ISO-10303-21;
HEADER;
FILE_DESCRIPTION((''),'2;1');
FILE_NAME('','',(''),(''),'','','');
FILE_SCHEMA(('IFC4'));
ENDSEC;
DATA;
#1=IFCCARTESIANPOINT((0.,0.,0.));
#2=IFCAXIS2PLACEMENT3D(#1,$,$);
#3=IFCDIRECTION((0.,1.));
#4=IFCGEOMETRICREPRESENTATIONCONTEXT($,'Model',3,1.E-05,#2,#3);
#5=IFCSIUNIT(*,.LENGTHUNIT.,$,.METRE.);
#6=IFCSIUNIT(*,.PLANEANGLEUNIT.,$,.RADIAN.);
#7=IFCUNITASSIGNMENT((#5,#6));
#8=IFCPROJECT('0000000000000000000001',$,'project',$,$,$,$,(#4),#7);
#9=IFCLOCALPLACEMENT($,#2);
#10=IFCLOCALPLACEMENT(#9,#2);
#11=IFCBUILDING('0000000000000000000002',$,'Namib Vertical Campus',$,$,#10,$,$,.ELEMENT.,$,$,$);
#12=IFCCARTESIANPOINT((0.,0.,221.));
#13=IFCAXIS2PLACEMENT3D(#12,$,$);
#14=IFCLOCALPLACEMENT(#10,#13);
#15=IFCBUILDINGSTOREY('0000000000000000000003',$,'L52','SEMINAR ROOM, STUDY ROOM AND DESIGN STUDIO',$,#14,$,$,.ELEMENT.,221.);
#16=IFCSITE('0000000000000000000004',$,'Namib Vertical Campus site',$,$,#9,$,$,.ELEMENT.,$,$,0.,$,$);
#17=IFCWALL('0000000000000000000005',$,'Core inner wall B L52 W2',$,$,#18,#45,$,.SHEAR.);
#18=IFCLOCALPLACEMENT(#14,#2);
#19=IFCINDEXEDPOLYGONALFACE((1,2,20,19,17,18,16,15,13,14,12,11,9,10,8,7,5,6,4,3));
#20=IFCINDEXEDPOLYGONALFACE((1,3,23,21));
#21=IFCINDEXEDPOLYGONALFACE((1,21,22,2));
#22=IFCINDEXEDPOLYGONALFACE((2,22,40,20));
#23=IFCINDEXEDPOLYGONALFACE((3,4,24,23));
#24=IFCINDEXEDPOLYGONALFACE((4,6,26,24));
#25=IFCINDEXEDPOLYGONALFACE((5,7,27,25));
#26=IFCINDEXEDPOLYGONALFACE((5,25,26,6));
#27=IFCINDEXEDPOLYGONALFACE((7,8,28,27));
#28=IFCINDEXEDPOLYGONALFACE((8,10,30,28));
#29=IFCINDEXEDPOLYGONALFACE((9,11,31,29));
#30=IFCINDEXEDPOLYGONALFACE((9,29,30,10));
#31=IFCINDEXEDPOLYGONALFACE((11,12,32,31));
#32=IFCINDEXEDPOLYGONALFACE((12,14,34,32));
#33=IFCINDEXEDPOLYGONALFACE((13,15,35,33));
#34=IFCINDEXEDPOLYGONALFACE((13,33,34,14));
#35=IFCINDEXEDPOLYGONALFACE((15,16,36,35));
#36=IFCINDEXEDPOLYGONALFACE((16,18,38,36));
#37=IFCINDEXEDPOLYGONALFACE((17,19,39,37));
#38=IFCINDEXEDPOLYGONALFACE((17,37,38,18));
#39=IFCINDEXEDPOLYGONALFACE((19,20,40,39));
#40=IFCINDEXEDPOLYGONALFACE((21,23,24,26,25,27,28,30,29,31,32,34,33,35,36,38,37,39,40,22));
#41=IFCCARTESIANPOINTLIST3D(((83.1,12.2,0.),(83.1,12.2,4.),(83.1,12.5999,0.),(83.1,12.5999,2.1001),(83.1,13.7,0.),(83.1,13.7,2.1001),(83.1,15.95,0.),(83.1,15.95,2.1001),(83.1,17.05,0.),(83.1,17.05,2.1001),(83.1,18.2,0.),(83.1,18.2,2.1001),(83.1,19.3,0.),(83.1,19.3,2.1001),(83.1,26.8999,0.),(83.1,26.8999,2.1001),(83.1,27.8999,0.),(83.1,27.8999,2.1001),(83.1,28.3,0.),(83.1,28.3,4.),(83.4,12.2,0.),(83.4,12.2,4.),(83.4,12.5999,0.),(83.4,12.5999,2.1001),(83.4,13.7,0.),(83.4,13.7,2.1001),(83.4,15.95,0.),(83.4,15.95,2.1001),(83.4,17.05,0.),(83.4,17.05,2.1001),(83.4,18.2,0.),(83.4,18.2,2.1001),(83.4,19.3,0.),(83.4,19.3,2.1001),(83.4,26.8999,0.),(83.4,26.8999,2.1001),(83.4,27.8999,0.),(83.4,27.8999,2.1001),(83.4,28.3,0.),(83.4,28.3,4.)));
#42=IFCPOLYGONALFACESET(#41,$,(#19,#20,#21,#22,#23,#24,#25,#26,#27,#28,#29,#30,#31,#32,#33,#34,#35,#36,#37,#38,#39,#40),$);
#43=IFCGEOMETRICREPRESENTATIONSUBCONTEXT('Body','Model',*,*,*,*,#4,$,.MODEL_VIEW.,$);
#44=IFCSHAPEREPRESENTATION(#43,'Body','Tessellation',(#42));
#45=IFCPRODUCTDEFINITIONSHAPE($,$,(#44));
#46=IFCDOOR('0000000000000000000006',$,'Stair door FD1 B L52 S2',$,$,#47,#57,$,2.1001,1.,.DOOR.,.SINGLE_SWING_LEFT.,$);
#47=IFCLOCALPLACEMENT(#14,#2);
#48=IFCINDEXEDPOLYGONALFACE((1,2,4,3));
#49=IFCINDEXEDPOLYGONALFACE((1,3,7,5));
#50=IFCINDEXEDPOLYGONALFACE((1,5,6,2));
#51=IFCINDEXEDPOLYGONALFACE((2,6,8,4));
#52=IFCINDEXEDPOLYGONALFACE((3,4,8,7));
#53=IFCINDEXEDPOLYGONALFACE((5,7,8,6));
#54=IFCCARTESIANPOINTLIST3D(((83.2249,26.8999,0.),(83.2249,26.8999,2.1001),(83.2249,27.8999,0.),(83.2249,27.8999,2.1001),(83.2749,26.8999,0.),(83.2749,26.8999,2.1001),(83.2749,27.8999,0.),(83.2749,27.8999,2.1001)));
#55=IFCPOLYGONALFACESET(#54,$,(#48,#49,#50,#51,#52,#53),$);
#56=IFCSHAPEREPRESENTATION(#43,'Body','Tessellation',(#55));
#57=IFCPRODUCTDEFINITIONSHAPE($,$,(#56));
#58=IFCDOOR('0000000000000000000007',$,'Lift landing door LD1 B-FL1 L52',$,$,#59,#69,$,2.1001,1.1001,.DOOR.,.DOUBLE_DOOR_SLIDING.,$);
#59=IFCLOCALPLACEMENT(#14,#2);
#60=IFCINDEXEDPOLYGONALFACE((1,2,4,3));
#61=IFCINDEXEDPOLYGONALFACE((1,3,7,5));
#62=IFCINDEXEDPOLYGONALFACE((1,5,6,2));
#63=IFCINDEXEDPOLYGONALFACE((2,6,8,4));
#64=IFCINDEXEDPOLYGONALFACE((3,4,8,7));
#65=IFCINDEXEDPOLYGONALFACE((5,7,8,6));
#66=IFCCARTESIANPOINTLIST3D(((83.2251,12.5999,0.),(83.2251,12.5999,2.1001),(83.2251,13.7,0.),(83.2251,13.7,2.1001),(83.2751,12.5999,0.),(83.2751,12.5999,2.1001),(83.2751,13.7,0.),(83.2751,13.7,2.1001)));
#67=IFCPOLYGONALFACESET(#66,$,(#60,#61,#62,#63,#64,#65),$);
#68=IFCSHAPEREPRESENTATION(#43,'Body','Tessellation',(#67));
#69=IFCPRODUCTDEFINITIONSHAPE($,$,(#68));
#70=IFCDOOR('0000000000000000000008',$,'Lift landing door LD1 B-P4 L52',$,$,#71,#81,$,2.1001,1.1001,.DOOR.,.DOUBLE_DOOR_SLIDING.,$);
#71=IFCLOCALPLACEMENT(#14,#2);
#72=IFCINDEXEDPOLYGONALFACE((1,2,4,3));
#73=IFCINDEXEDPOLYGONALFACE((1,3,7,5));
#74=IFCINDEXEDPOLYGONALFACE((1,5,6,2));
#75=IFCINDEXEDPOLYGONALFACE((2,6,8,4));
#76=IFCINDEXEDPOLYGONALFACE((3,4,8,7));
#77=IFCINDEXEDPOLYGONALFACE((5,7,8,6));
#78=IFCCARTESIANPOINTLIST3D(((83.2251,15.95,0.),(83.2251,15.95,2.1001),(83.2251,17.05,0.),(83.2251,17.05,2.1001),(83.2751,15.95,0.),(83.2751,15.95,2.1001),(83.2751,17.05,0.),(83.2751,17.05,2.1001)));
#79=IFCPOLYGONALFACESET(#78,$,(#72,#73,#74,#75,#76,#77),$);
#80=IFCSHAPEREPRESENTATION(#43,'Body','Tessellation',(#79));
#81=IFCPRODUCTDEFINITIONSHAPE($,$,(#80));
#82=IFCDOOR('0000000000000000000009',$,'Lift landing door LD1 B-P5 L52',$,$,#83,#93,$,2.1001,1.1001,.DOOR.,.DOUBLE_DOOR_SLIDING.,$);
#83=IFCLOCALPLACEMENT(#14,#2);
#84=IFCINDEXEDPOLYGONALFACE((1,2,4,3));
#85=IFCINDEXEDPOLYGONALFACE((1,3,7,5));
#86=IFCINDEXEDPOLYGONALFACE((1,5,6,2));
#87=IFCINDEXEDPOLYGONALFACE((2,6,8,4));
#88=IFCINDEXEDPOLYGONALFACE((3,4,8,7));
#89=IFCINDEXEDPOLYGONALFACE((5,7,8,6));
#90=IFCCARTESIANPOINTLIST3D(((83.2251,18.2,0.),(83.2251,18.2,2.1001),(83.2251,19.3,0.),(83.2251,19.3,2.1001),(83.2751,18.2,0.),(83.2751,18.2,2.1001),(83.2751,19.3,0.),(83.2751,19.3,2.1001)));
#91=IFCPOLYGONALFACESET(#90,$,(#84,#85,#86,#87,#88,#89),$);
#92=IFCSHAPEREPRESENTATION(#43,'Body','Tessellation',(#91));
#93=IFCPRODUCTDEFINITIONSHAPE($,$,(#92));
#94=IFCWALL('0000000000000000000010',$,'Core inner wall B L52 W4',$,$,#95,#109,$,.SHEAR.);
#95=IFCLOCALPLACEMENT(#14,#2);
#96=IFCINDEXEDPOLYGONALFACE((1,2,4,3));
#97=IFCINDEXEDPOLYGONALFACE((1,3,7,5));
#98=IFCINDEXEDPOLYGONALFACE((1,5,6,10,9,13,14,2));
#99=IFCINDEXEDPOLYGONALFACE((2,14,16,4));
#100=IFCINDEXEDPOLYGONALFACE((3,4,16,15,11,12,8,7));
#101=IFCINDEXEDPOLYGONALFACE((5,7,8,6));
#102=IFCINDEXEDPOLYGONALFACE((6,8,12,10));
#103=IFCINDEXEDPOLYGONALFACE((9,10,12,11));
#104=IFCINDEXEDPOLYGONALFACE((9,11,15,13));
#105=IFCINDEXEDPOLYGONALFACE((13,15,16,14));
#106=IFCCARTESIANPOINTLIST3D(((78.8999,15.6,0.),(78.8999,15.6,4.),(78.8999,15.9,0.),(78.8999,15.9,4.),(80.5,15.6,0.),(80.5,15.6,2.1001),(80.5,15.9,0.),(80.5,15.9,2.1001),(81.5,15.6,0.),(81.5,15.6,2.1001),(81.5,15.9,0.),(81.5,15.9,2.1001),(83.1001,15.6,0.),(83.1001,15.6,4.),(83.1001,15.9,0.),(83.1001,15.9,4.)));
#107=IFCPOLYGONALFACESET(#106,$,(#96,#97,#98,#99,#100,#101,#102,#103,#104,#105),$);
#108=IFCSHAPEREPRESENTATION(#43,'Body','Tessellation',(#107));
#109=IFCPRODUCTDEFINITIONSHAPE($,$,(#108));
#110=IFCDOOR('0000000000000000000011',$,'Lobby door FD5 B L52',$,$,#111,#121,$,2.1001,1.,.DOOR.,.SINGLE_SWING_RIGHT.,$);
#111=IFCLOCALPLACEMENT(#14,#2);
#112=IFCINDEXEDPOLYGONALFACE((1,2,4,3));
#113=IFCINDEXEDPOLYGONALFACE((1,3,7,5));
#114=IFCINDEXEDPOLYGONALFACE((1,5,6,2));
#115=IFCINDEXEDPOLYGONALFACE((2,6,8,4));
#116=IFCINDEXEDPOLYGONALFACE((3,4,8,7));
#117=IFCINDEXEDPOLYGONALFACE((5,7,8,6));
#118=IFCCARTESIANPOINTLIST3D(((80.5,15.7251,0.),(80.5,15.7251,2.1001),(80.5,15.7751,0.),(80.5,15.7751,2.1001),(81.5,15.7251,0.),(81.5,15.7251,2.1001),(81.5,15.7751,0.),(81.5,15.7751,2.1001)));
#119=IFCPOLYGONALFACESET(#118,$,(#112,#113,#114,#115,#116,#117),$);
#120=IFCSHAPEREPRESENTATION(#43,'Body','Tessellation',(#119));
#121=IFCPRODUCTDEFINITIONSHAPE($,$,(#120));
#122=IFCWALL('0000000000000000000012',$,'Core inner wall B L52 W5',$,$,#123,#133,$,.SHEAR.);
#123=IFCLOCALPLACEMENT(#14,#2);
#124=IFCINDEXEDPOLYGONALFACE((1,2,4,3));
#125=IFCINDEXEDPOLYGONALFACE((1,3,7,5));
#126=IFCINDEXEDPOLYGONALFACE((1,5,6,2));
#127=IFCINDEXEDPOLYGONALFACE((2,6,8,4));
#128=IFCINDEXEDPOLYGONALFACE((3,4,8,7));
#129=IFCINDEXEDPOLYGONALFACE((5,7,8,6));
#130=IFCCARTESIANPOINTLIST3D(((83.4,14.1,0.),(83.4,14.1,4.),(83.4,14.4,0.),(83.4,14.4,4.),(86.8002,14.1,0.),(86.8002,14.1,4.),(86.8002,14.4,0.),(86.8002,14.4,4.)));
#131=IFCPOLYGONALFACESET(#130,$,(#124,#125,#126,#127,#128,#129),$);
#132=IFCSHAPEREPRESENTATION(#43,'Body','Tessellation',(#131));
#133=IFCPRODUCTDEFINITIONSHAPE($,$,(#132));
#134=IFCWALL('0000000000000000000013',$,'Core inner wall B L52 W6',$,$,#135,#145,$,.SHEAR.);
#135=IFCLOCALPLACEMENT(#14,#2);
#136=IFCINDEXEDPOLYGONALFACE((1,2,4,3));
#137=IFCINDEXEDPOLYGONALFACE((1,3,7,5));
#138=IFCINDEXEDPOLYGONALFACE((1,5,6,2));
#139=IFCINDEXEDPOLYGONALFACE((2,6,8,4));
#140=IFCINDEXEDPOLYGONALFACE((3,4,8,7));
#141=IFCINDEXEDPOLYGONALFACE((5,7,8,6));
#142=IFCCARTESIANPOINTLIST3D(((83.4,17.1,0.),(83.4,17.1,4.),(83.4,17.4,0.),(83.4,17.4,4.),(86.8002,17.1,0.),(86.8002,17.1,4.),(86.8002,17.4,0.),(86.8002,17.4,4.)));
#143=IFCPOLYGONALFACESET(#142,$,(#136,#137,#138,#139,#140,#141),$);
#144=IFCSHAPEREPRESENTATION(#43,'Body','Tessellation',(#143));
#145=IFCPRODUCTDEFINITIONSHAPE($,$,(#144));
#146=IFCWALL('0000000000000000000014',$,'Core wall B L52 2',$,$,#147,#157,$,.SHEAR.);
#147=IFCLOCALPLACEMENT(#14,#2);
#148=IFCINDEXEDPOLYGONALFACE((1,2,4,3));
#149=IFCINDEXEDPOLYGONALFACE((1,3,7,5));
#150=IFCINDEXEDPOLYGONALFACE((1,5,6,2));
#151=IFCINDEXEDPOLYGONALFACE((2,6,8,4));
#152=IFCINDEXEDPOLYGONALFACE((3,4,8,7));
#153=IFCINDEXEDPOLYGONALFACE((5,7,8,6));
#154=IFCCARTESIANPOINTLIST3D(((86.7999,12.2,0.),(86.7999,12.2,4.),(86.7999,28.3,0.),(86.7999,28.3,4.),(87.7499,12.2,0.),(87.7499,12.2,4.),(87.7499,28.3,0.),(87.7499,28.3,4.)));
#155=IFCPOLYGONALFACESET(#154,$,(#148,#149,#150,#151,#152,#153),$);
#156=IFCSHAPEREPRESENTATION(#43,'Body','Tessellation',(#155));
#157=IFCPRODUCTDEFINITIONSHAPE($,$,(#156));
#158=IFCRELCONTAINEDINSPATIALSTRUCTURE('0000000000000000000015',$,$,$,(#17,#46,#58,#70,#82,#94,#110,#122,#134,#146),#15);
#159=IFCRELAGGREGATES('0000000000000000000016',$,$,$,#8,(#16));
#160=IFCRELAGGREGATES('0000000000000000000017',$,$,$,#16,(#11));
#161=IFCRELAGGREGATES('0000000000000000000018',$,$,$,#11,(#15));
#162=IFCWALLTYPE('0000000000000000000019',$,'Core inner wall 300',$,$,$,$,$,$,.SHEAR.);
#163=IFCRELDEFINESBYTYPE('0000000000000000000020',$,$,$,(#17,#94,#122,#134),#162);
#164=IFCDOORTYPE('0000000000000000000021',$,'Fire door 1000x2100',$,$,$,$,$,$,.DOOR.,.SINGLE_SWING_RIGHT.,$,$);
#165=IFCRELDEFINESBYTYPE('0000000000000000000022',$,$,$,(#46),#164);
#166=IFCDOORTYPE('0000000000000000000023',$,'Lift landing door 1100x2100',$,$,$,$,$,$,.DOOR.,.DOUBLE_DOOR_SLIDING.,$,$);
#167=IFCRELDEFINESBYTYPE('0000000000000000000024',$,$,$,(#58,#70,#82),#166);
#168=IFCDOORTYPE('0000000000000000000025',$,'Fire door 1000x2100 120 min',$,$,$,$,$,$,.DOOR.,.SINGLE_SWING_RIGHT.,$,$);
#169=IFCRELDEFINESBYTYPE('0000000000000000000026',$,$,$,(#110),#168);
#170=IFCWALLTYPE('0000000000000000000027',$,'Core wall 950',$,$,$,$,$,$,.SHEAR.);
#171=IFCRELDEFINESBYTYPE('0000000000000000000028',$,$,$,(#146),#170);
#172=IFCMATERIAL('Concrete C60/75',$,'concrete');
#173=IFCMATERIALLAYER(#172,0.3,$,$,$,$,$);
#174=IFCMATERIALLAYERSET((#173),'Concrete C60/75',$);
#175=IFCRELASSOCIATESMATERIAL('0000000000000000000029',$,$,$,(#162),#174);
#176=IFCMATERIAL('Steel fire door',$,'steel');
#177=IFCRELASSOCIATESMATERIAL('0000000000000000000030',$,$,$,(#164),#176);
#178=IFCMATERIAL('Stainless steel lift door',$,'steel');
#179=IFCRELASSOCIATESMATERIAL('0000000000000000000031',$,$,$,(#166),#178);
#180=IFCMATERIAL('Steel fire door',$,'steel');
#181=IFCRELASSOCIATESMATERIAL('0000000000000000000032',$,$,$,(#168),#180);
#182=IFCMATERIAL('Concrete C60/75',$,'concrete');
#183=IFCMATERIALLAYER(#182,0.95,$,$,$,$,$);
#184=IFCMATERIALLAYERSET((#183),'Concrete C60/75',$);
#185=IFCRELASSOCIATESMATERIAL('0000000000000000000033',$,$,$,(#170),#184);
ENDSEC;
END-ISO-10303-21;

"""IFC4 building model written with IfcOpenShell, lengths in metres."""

from ifc_helpers import new_model, si_unit, direction, frame, frame_2d, origin, place, context, subcontext, project, spatial, rectangle, extrude, material, layer, layer_set, type_object, element, fill, save


model = new_model("IFC4")

# Units and contexts
model_context = context("Model", 3, precision=1e-05, world=origin(), true_north=direction((0.0, 1.0)))
body_context = subcontext(model_context, "Body", "Model", "MODEL_VIEW")
ifc_project = project(units=[si_unit("LENGTHUNIT", "METRE"), si_unit("PLANEANGLEUNIT", "RADIAN")], contexts=[model_context])

# Site, building, storey
site_placement = place(None, origin())
site = spatial("IfcSite", under=ifc_project, at=site_placement, Name="Namib Vertical Campus site", CompositionType="ELEMENT", RefElevation=0.0)
building_placement = place(site_placement, origin())
building = spatial("IfcBuilding", under=site, at=building_placement, Name="Namib Vertical Campus", CompositionType="ELEMENT")
storey_placement = place(building_placement, frame((0.0, 0.0, 221.0)))
storey = spatial("IfcBuildingStorey", under=building, at=storey_placement, Name="L52", Description="SEMINAR ROOM, STUDY ROOM AND DESIGN STUDIO", CompositionType="ELEMENT", Elevation=221.0)

# Wall, openings, doors
ifc_material_1 = material(Name="Concrete C60/75", Category="concrete")
ifc_layer_1 = layer(ifc_material_1, 0.3)
ifc_layer_set_1 = layer_set([ifc_layer_1], Name="Concrete C60/75")
wall_type_1 = type_object("IfcWallType", Name="Core inner wall 300", PredefinedType="SHEAR", material=ifc_layer_set_1)
ifc_material_2 = material(Name="Steel fire door", Category="steel")
door_type_1 = type_object("IfcDoorType", Name="Fire door 1000x2100", OperationType="SINGLE_SWING_RIGHT", PredefinedType="DOOR", material=ifc_material_2)
ifc_material_3 = material(Name="Stainless steel lift door", Category="steel")
door_type_2 = type_object("IfcDoorType", Name="Lift landing door 1100x2100", OperationType="DOUBLE_DOOR_SLIDING", PredefinedType="DOOR", material=ifc_material_3)
wall_1_placement = place(storey_placement, frame((83.25, 12.2, 0.0), z_axis=(0.0, 0.0, 1.0), x_axis=(0.0, 1.0, 0.0)))
wall_1 = element("IfcWall", 1, at=wall_1_placement, inside=storey, type_object=wall_type_1, Name="Core inner wall B L52 W2", PredefinedType="SHEAR", context=body_context, shape_type="SweptSolid", body=[
    extrude(rectangle(XDim=16.1001, YDim=0.3, at=frame_2d((8.05, 0.0))), origin(), (0.0, 0.0, 1.0), 4.0),
])
opening_1_placement = place(wall_1_placement, frame((14.7, 0.0, 0.0)))
opening_1 = element("IfcOpeningElement", 2, at=opening_1_placement, cuts=wall_1, PredefinedType="OPENING", context=body_context, shape_type="SweptSolid", body=[
    extrude(rectangle(XDim=1.0, YDim=2.1001, at=frame_2d((0.5, 1.05))), frame((0.0, 0.1599, 0.0), z_axis=(0.0, -1.0, 0.0), x_axis=(1.0, 0.0, 0.0)), (0.0, 0.0, 1.0), 0.3201),
])
opening_2_placement = place(wall_1_placement, frame((0.3999, 0.0, 0.0)))
opening_2 = element("IfcOpeningElement", 3, at=opening_2_placement, cuts=wall_1, PredefinedType="OPENING", context=body_context, shape_type="SweptSolid", body=[
    extrude(rectangle(XDim=1.1001, YDim=2.1001, at=frame_2d((0.55, 1.05))), frame((0.0, 0.1599, 0.0), z_axis=(0.0, -1.0, 0.0), x_axis=(1.0, 0.0, 0.0)), (0.0, 0.0, 1.0), 0.3201),
])
opening_3_placement = place(wall_1_placement, frame((3.75, 0.0, 0.0)))
opening_3 = element("IfcOpeningElement", 4, at=opening_3_placement, cuts=wall_1, PredefinedType="OPENING", context=body_context, shape_type="SweptSolid", body=[
    extrude(rectangle(XDim=1.1001, YDim=2.1001, at=frame_2d((0.55, 1.05))), frame((0.0, 0.1599, 0.0), z_axis=(0.0, -1.0, 0.0), x_axis=(1.0, 0.0, 0.0)), (0.0, 0.0, 1.0), 0.3201),
])
opening_4_placement = place(wall_1_placement, frame((6.0, 0.0, 0.0)))
opening_4 = element("IfcOpeningElement", 5, at=opening_4_placement, cuts=wall_1, PredefinedType="OPENING", context=body_context, shape_type="SweptSolid", body=[
    extrude(rectangle(XDim=1.1001, YDim=2.1001, at=frame_2d((0.55, 1.05))), frame((0.0, 0.1599, 0.0), z_axis=(0.0, -1.0, 0.0), x_axis=(1.0, 0.0, 0.0)), (0.0, 0.0, 1.0), 0.3201),
])
door_1_placement = place(opening_1_placement, frame((1.0, 0.0, 0.0), z_axis=(0.0, 0.0, 1.0), x_axis=(-1.0, 0.0, 0.0)))
door_1 = element("IfcDoor", 6, at=door_1_placement, inside=storey, type_object=door_type_1, Name="Stair door FD1 B L52 S2", OperationType="SINGLE_SWING_LEFT", OverallHeight=2.1001, OverallWidth=1.0, PredefinedType="DOOR", context=body_context, shape_type="SweptSolid", body=[
    extrude(rectangle(XDim=1.0, YDim=2.1001, at=frame_2d((0.5, 1.05))), frame((0.0, 0.0249, 0.0), z_axis=(0.0, -1.0, 0.0), x_axis=(1.0, 0.0, 0.0)), (0.0, 0.0, 1.0), 0.05),
])
fill(opening_1, door_1)
door_2_placement = place(opening_2_placement, origin())
door_2 = element("IfcDoor", 7, at=door_2_placement, inside=storey, type_object=door_type_2, Name="Lift landing door LD1 B-FL1 L52", OperationType="DOUBLE_DOOR_SLIDING", OverallHeight=2.1001, OverallWidth=1.1001, PredefinedType="DOOR", context=body_context, shape_type="SweptSolid", body=[
    extrude(rectangle(XDim=1.1001, YDim=2.1001, at=frame_2d((0.55, 1.05))), frame((0.0, 0.0249, 0.0), z_axis=(0.0, -1.0, 0.0), x_axis=(1.0, 0.0, 0.0)), (0.0, 0.0, 1.0), 0.05),
])
fill(opening_2, door_2)
door_3_placement = place(opening_3_placement, origin())
door_3 = element("IfcDoor", 8, at=door_3_placement, inside=storey, type_object=door_type_2, Name="Lift landing door LD1 B-P4 L52", OperationType="DOUBLE_DOOR_SLIDING", OverallHeight=2.1001, OverallWidth=1.1001, PredefinedType="DOOR", context=body_context, shape_type="SweptSolid", body=[
    extrude(rectangle(XDim=1.1001, YDim=2.1001, at=frame_2d((0.55, 1.05))), frame((0.0, 0.0249, 0.0), z_axis=(0.0, -1.0, 0.0), x_axis=(1.0, 0.0, 0.0)), (0.0, 0.0, 1.0), 0.05),
])
fill(opening_3, door_3)
door_4_placement = place(opening_4_placement, origin())
door_4 = element("IfcDoor", 9, at=door_4_placement, inside=storey, type_object=door_type_2, Name="Lift landing door LD1 B-P5 L52", OperationType="DOUBLE_DOOR_SLIDING", OverallHeight=2.1001, OverallWidth=1.1001, PredefinedType="DOOR", context=body_context, shape_type="SweptSolid", body=[
    extrude(rectangle(XDim=1.1001, YDim=2.1001, at=frame_2d((0.55, 1.05))), frame((0.0, 0.0249, 0.0), z_axis=(0.0, -1.0, 0.0), x_axis=(1.0, 0.0, 0.0)), (0.0, 0.0, 1.0), 0.05),
])
fill(opening_4, door_4)

# Wall, opening, door
wall_2_placement = place(storey_placement, frame((78.8999, 15.75, 0.0), z_axis=(0.0, 0.0, 1.0), x_axis=(1.0, 0.0, 0.0)))
wall_2 = element("IfcWall", 10, at=wall_2_placement, inside=storey, type_object=wall_type_1, Name="Core inner wall B L52 W4", PredefinedType="SHEAR", context=body_context, shape_type="SweptSolid", body=[
    extrude(rectangle(XDim=4.2002, YDim=0.3, at=frame_2d((2.1001, 0.0))), origin(), (0.0, 0.0, 1.0), 4.0),
])
opening_5_placement = place(wall_2_placement, frame((1.6001, 0.0, 0.0)))
opening_5 = element("IfcOpeningElement", 11, at=opening_5_placement, cuts=wall_2, PredefinedType="OPENING", context=body_context, shape_type="SweptSolid", body=[
    extrude(rectangle(XDim=1.0, YDim=2.1001, at=frame_2d((0.5, 1.05))), frame((0.0, 0.1599, 0.0), z_axis=(0.0, -1.0, 0.0), x_axis=(1.0, 0.0, 0.0)), (0.0, 0.0, 1.0), 0.3201),
])
ifc_material_4 = material(Name="Steel fire door", Category="steel")
door_type_3 = type_object("IfcDoorType", Name="Fire door 1000x2100 120 min", OperationType="SINGLE_SWING_RIGHT", PredefinedType="DOOR", material=ifc_material_4)
door_5_placement = place(opening_5_placement, frame((1.0, 0.0, 0.0), z_axis=(0.0, 0.0, 1.0), x_axis=(-1.0, 0.0, 0.0)))
door_5 = element("IfcDoor", 12, at=door_5_placement, inside=storey, type_object=door_type_3, Name="Lobby door FD5 B L52", OperationType="SINGLE_SWING_RIGHT", OverallHeight=2.1001, OverallWidth=1.0, PredefinedType="DOOR", context=body_context, shape_type="SweptSolid", body=[
    extrude(rectangle(XDim=1.0, YDim=2.1001, at=frame_2d((0.5, 1.05))), frame((0.0, 0.0249, 0.0), z_axis=(0.0, -1.0, 0.0), x_axis=(1.0, 0.0, 0.0)), (0.0, 0.0, 1.0), 0.05),
])
fill(opening_5, door_5)

# Walls
for number, where, z_axis, x_axis, name in (
    (13, (83.3999, 14.25, 0.0), (0.0, 0.0, 1.0), (1.0, 0.0, 0.0), "Core inner wall B L52 W5"),
    (14, (83.3999, 17.25, 0.0), (0.0, 0.0, 1.0), (1.0, 0.0, 0.0), "Core inner wall B L52 W6"),
):
    element("IfcWall", number, at=place(storey_placement, frame(where, z_axis=z_axis, x_axis=x_axis)), inside=storey, type_object=wall_type_1, Name=name, PredefinedType="SHEAR", context=body_context, shape_type="SweptSolid", body=[
        extrude(rectangle(XDim=3.4001, YDim=0.3, at=frame_2d((1.7002, 0.0))), origin(), (0.0, 0.0, 1.0), 4.0),
    ])
ifc_material_5 = material(Name="Concrete C60/75", Category="concrete")
ifc_layer_2 = layer(ifc_material_5, 0.95)
ifc_layer_set_2 = layer_set([ifc_layer_2], Name="Concrete C60/75")
wall_type_2 = type_object("IfcWallType", Name="Core wall 950", PredefinedType="SHEAR", material=ifc_layer_set_2)
wall_3_placement = place(storey_placement, frame((87.2749, 12.2, 0.0), z_axis=(0.0, 0.0, 1.0), x_axis=(0.0, 1.0, 0.0)))
element("IfcWall", 15, at=wall_3_placement, inside=storey, type_object=wall_type_2, Name="Core wall B L52 2", PredefinedType="SHEAR", context=body_context, shape_type="SweptSolid", body=[
    extrude(rectangle(XDim=16.1001, YDim=0.95, at=frame_2d((8.05, 0.0))), origin(), (0.0, 0.0, 1.0), 4.0),
])

save(model, "model.ifc")
